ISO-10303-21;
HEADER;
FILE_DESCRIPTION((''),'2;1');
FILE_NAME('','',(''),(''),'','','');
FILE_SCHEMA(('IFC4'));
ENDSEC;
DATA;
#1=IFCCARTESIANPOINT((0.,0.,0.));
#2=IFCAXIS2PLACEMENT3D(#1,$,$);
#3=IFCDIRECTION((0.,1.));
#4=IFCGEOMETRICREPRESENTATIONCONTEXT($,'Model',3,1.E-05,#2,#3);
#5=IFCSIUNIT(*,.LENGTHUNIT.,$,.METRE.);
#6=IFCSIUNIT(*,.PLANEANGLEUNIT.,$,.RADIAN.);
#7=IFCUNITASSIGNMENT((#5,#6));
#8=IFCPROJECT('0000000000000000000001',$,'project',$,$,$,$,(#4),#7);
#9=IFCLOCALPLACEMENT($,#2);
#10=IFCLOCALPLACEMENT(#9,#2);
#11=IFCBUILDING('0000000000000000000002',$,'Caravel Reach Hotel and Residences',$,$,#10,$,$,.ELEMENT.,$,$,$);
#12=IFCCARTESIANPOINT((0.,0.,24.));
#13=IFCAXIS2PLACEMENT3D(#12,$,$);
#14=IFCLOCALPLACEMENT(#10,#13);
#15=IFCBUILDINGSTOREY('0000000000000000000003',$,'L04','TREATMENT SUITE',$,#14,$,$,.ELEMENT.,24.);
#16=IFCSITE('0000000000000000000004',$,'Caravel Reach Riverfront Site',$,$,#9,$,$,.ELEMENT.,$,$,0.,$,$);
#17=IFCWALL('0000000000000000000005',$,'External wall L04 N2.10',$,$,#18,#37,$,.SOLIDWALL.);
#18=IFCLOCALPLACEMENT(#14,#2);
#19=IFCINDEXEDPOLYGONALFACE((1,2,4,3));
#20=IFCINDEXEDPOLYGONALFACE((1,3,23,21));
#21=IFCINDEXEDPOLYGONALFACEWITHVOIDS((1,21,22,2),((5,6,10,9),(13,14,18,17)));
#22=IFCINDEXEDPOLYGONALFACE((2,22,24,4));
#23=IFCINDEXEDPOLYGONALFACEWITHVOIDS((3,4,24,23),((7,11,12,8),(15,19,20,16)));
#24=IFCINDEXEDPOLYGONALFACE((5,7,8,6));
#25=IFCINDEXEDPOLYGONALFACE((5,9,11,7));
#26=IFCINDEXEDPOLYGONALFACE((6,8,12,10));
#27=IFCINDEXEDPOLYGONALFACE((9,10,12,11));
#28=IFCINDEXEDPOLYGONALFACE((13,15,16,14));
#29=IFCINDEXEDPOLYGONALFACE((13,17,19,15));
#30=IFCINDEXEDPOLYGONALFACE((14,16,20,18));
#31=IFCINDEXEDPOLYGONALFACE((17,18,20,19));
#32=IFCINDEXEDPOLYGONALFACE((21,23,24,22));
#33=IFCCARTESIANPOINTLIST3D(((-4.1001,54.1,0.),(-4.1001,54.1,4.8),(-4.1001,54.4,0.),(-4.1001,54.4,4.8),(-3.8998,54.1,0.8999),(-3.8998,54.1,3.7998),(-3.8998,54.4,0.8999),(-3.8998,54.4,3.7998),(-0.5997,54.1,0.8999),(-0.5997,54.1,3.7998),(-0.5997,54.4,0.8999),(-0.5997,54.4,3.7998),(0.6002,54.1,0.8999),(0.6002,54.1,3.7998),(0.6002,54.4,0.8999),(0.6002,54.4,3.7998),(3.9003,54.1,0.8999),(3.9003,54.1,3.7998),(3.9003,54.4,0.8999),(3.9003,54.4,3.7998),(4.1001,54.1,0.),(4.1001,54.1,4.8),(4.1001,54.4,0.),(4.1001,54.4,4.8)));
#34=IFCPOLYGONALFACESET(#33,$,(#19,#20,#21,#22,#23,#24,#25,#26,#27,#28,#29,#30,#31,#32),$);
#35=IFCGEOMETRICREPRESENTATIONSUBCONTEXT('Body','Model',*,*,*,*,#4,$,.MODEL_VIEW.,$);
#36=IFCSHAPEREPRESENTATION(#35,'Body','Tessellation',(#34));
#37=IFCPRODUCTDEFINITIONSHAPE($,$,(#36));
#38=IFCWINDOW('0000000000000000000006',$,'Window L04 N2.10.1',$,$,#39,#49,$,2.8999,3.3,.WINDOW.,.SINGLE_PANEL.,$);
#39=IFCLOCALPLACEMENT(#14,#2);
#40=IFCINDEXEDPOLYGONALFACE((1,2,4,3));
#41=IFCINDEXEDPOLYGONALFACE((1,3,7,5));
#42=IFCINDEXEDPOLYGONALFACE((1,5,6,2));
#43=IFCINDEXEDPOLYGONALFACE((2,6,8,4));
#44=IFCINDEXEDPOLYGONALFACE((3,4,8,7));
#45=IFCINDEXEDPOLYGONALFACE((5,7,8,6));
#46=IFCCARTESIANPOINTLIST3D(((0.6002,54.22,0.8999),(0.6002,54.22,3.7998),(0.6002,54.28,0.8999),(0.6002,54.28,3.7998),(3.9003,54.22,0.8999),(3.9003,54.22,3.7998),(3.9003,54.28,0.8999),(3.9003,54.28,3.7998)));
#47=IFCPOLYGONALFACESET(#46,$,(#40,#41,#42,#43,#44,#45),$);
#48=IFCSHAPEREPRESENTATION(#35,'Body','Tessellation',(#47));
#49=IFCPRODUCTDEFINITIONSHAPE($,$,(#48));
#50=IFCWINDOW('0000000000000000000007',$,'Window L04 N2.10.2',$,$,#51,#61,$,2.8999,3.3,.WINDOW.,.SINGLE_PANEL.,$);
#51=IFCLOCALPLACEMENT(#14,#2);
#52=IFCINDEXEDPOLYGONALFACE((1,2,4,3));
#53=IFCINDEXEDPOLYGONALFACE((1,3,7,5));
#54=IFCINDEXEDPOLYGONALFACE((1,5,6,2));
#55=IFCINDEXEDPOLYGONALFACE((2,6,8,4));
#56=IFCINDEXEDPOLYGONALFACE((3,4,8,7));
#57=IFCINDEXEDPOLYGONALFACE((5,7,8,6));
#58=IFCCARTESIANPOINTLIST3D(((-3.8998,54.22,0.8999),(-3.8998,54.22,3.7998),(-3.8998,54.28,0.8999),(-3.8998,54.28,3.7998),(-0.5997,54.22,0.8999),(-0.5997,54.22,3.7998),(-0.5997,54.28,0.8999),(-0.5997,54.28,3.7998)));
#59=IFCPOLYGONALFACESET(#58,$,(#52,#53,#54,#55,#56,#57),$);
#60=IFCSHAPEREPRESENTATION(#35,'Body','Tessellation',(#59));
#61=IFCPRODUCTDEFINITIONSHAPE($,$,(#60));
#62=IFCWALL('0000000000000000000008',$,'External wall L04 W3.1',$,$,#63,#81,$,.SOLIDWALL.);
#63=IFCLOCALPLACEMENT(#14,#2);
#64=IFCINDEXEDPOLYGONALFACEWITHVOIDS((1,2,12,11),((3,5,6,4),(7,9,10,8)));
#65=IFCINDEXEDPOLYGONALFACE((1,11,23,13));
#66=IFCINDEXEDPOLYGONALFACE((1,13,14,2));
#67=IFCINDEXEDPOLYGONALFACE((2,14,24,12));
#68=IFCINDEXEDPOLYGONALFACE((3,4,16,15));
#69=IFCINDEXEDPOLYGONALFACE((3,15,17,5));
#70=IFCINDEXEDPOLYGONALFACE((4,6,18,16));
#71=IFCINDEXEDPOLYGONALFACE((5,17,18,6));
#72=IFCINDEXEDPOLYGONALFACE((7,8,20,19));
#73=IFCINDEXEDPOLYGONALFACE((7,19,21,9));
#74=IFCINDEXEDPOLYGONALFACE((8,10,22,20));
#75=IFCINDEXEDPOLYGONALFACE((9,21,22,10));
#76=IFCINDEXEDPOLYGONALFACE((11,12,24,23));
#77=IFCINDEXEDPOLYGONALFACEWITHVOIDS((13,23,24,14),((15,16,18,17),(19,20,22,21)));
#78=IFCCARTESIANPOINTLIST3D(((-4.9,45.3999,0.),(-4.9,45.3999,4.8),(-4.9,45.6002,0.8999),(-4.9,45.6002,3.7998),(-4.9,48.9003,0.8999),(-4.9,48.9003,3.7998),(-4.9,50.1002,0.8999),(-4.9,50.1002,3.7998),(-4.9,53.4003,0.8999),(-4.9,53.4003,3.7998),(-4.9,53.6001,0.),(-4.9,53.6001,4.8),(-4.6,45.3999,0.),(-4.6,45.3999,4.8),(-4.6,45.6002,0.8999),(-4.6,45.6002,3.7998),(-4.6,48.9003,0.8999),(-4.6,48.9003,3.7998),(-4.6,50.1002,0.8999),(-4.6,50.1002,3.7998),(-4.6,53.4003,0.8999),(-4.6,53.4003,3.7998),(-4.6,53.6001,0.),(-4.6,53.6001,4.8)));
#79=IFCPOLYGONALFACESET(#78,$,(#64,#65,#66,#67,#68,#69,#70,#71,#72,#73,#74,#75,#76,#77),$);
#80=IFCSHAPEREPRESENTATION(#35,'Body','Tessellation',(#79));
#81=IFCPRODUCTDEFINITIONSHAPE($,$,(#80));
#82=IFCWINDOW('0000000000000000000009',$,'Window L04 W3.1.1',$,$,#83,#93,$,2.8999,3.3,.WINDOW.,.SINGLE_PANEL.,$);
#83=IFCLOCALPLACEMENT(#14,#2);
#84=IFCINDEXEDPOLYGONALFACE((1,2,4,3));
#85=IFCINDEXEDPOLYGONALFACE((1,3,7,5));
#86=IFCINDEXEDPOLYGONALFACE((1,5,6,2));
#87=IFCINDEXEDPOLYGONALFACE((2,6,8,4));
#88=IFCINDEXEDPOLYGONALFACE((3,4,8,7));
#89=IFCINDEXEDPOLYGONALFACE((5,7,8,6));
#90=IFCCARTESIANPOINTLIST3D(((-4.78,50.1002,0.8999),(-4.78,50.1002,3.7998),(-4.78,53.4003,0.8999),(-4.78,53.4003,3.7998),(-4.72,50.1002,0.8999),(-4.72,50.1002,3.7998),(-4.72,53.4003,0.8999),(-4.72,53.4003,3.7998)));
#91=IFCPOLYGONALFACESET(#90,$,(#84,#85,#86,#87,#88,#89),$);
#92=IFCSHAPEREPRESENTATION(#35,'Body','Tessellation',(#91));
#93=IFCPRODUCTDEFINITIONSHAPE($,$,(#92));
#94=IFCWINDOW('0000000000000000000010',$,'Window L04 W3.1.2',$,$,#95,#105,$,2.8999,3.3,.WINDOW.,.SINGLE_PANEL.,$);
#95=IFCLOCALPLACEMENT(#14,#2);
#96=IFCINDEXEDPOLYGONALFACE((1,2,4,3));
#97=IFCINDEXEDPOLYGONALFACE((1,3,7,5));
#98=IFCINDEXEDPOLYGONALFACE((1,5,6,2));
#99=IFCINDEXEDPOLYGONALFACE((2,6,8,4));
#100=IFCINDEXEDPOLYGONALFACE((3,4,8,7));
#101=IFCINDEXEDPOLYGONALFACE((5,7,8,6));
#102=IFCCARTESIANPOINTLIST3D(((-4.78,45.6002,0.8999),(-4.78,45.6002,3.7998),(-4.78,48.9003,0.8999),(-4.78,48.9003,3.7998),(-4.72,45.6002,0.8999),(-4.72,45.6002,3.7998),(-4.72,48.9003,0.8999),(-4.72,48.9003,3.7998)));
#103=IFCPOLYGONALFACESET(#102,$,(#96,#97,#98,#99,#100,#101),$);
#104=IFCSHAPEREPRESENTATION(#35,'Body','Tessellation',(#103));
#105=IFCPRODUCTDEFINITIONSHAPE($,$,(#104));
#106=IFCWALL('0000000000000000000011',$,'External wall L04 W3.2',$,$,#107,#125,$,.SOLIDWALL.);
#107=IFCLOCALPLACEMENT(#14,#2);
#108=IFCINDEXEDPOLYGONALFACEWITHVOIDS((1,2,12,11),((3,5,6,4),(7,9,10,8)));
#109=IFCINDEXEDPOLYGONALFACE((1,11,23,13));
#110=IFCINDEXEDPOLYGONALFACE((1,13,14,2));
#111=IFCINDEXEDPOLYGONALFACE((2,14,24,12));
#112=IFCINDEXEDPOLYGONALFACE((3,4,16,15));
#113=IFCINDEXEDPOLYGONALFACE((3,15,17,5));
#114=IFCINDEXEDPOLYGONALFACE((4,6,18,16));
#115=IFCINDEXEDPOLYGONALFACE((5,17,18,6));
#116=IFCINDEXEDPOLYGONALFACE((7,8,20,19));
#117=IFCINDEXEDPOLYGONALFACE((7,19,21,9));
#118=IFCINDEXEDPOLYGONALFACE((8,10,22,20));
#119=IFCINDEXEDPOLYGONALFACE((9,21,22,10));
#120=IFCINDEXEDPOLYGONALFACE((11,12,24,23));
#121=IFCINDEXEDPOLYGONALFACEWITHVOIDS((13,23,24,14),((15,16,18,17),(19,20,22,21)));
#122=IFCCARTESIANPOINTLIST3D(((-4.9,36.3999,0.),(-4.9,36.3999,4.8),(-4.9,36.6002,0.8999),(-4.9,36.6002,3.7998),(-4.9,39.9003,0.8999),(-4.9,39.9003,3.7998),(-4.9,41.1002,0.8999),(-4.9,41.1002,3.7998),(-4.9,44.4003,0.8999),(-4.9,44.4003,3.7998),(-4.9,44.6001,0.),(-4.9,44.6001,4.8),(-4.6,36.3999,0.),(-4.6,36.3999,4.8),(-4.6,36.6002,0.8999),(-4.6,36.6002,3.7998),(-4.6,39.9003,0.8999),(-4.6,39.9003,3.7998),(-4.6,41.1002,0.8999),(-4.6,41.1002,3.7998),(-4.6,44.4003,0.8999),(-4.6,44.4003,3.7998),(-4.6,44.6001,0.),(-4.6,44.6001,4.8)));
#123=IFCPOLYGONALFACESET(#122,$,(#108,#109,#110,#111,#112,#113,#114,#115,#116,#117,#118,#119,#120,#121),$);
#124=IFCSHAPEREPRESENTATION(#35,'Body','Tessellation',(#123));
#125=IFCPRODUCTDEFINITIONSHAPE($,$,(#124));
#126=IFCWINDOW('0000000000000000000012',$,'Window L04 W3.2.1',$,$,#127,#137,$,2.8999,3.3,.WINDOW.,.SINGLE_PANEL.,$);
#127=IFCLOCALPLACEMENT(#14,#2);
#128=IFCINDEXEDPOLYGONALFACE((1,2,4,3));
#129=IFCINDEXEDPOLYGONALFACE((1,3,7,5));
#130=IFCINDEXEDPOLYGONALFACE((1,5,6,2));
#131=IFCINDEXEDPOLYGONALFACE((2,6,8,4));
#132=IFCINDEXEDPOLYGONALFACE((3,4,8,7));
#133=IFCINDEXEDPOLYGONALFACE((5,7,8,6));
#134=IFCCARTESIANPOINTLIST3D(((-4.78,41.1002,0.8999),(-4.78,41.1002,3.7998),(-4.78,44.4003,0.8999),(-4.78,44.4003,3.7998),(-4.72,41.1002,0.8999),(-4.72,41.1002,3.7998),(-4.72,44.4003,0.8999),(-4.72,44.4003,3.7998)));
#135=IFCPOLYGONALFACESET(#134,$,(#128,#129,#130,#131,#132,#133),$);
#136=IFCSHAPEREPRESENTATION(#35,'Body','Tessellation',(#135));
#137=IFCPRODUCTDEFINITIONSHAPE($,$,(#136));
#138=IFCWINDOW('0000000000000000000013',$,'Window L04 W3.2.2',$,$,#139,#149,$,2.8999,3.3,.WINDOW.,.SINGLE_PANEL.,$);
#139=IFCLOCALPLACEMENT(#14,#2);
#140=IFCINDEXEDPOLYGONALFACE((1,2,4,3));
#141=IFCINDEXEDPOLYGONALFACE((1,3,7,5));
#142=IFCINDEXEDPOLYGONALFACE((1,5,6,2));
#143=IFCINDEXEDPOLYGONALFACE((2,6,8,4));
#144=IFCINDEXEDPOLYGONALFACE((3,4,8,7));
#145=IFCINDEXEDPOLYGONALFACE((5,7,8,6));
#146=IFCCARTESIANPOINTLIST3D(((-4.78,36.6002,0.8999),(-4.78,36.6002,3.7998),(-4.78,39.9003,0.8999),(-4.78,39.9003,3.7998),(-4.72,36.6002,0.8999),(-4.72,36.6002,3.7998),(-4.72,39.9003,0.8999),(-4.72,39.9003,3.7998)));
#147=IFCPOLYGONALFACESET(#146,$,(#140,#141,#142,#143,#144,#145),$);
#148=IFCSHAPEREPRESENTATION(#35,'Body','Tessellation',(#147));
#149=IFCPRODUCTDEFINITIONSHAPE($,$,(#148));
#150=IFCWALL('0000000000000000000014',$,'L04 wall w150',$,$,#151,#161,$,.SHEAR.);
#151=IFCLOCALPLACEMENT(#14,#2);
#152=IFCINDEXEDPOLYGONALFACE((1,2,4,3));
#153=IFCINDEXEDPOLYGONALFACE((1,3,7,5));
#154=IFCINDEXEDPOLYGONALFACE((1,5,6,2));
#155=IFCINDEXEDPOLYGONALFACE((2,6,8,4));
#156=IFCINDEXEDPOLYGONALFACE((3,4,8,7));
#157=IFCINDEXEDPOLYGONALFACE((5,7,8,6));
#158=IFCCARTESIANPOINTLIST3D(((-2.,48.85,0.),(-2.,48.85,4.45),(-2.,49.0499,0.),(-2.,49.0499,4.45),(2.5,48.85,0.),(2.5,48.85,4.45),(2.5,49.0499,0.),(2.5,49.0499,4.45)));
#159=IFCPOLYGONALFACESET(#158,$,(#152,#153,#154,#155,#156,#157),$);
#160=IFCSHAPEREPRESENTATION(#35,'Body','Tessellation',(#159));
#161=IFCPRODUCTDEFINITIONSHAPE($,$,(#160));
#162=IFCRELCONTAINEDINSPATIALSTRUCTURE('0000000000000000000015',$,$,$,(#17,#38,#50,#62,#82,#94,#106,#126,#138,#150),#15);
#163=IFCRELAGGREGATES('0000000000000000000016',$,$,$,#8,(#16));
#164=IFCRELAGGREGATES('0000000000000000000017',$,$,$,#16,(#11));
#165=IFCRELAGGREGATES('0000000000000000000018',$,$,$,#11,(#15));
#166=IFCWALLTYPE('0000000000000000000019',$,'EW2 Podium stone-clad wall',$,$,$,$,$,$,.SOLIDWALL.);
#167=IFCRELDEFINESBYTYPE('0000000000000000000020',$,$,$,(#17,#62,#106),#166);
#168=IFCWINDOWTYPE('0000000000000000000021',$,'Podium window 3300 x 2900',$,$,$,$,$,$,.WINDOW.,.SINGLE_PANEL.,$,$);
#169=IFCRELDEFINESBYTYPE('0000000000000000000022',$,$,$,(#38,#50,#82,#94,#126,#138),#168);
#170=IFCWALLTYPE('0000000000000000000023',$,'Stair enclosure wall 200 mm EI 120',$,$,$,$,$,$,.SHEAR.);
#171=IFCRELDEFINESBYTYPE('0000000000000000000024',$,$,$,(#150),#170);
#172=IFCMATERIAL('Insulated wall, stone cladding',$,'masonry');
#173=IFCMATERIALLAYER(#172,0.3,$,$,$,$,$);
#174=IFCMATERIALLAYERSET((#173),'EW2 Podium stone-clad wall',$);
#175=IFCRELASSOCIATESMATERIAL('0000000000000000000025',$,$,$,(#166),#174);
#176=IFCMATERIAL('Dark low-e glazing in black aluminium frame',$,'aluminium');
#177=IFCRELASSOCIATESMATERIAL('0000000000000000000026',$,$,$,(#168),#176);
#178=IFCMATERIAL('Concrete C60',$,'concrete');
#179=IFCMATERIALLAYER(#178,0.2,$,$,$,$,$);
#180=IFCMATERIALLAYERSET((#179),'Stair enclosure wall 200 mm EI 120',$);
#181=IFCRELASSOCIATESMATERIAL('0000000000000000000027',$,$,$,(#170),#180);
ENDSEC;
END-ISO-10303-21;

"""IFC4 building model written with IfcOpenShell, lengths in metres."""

from ifc_helpers import new_model, si_unit, direction, frame, frame_2d, origin, place, context, subcontext, project, spatial, rectangle, extrude, material, layer, layer_set, type_object, element, fill, save


model = new_model("IFC4")

# Units and contexts
model_context = context("Model", 3, precision=1e-05, world=origin(), true_north=direction((0.0, 1.0)))
body_context = subcontext(model_context, "Body", "Model", "MODEL_VIEW")
ifc_project = project(units=[si_unit("LENGTHUNIT", "METRE"), si_unit("PLANEANGLEUNIT", "RADIAN")], contexts=[model_context])

# Site, building, storey
site_placement = place(None, origin())
site = spatial("IfcSite", under=ifc_project, at=site_placement, Name="Caravel Reach Riverfront Site", CompositionType="ELEMENT", RefElevation=0.0)
building_placement = place(site_placement, origin())
building = spatial("IfcBuilding", under=site, at=building_placement, Name="Caravel Reach Hotel and Residences", CompositionType="ELEMENT")
storey_placement = place(building_placement, frame((0.0, 0.0, 24.0)))
storey = spatial("IfcBuildingStorey", under=building, at=storey_placement, Name="L04", Description="TREATMENT SUITE", CompositionType="ELEMENT", Elevation=24.0)

# Walls, openings, windows
ifc_material_1 = material(Name="Insulated wall, stone cladding", Category="masonry")
ifc_layer_1 = layer(ifc_material_1, 0.3)
ifc_layer_set_1 = layer_set([ifc_layer_1], Name="EW2 Podium stone-clad wall")
wall_type_1 = type_object("IfcWallType", Name="EW2 Podium stone-clad wall", PredefinedType="SOLIDWALL", material=ifc_layer_set_1)
wall_1_placement = place(storey_placement, frame((4.1001, 54.25, 0.0), z_axis=(0.0, 0.0, 1.0), x_axis=(-1.0, 0.0, 0.0)))
wall_1 = element("IfcWall", 1, at=wall_1_placement, inside=storey, type_object=wall_type_1, Name="External wall L04 N2.10", PredefinedType="SOLIDWALL", context=body_context, shape_type="SweptSolid", body=[
    extrude(rectangle(XDim=8.2002, YDim=0.3, at=frame_2d((4.1001, 0.0))), origin(), (0.0, 0.0, 1.0), 4.8),
])
opening_1_placement = place(wall_1_placement, frame((0.2, 0.0, 0.8999)))
opening_1 = element("IfcOpeningElement", 2, at=opening_1_placement, cuts=wall_1, PredefinedType="OPENING", context=body_context, shape_type="SweptSolid", body=[
    extrude(rectangle(XDim=3.3, YDim=2.8999, at=frame_2d((1.6499, 1.45))), frame((0.0, 0.1599, 0.0), z_axis=(0.0, -1.0, 0.0), x_axis=(1.0, 0.0, 0.0)), (0.0, 0.0, 1.0), 0.3201),
])
opening_2_placement = place(wall_1_placement, frame((4.7, 0.0, 0.8999)))
opening_2 = element("IfcOpeningElement", 3, at=opening_2_placement, cuts=wall_1, PredefinedType="OPENING", context=body_context, shape_type="SweptSolid", body=[
    extrude(rectangle(XDim=3.3, YDim=2.8999, at=frame_2d((1.6499, 1.45))), frame((0.0, 0.1599, 0.0), z_axis=(0.0, -1.0, 0.0), x_axis=(1.0, 0.0, 0.0)), (0.0, 0.0, 1.0), 0.3201),
])
ifc_material_2 = material(Name="Dark low-e glazing in black aluminium frame", Category="aluminium")
window_type = type_object("IfcWindowType", Name="Podium window 3300 x 2900", PartitioningType="SINGLE_PANEL", PredefinedType="WINDOW", material=ifc_material_2)
window_1_placement = place(opening_1_placement, origin())
window_1 = element("IfcWindow", 4, at=window_1_placement, inside=storey, type_object=window_type, Name="Window L04 N2.10.1", OverallHeight=2.8999, OverallWidth=3.3, PartitioningType="SINGLE_PANEL", PredefinedType="WINDOW", context=body_context, shape_type="SweptSolid", body=[
    extrude(rectangle(XDim=3.3, YDim=2.8999, at=frame_2d((1.6499, 1.45))), frame((0.0, 0.03, 0.0), z_axis=(0.0, -1.0, 0.0), x_axis=(1.0, 0.0, 0.0)), (0.0, 0.0, 1.0), 0.0601),
])
fill(opening_1, window_1)
window_2_placement = place(opening_2_placement, origin())
window_2 = element("IfcWindow", 5, at=window_2_placement, inside=storey, type_object=window_type, Name="Window L04 N2.10.2", OverallHeight=2.8999, OverallWidth=3.3, PartitioningType="SINGLE_PANEL", PredefinedType="WINDOW", context=body_context, shape_type="SweptSolid", body=[
    extrude(rectangle(XDim=3.3, YDim=2.8999, at=frame_2d((1.6499, 1.45))), frame((0.0, 0.03, 0.0), z_axis=(0.0, -1.0, 0.0), x_axis=(1.0, 0.0, 0.0)), (0.0, 0.0, 1.0), 0.0601),
])
fill(opening_2, window_2)
wall_2_placement = place(storey_placement, frame((-4.75, 53.6001, 0.0), z_axis=(0.0, 0.0, 1.0), x_axis=(0.0, -1.0, 0.0)))
wall_2 = element("IfcWall", 6, at=wall_2_placement, inside=storey, type_object=wall_type_1, Name="External wall L04 W3.1", PredefinedType="SOLIDWALL", context=body_context, shape_type="SweptSolid", body=[
    extrude(rectangle(XDim=8.2002, YDim=0.3, at=frame_2d((4.1001, 0.0))), origin(), (0.0, 0.0, 1.0), 4.8),
])
opening_3_placement = place(wall_2_placement, frame((0.2, 0.0, 0.8999)))
opening_3 = element("IfcOpeningElement", 7, at=opening_3_placement, cuts=wall_2, PredefinedType="OPENING", context=body_context, shape_type="SweptSolid", body=[
    extrude(rectangle(XDim=3.3, YDim=2.8999, at=frame_2d((1.6499, 1.45))), frame((0.0, 0.1599, 0.0), z_axis=(0.0, -1.0, 0.0), x_axis=(1.0, 0.0, 0.0)), (0.0, 0.0, 1.0), 0.3201),
])
opening_4_placement = place(wall_2_placement, frame((4.7, 0.0, 0.8999)))
opening_4 = element("IfcOpeningElement", 8, at=opening_4_placement, cuts=wall_2, PredefinedType="OPENING", context=body_context, shape_type="SweptSolid", body=[
    extrude(rectangle(XDim=3.3, YDim=2.8999, at=frame_2d((1.6499, 1.45))), frame((0.0, 0.1599, 0.0), z_axis=(0.0, -1.0, 0.0), x_axis=(1.0, 0.0, 0.0)), (0.0, 0.0, 1.0), 0.3201),
])
window_3_placement = place(opening_3_placement, origin())
window_3 = element("IfcWindow", 9, at=window_3_placement, inside=storey, type_object=window_type, Name="Window L04 W3.1.1", OverallHeight=2.8999, OverallWidth=3.3, PartitioningType="SINGLE_PANEL", PredefinedType="WINDOW", context=body_context, shape_type="SweptSolid", body=[
    extrude(rectangle(XDim=3.3, YDim=2.8999, at=frame_2d((1.6499, 1.45))), frame((0.0, 0.03, 0.0), z_axis=(0.0, -1.0, 0.0), x_axis=(1.0, 0.0, 0.0)), (0.0, 0.0, 1.0), 0.0601),
])
fill(opening_3, window_3)
window_4_placement = place(opening_4_placement, origin())
window_4 = element("IfcWindow", 10, at=window_4_placement, inside=storey, type_object=window_type, Name="Window L04 W3.1.2", OverallHeight=2.8999, OverallWidth=3.3, PartitioningType="SINGLE_PANEL", PredefinedType="WINDOW", context=body_context, shape_type="SweptSolid", body=[
    extrude(rectangle(XDim=3.3, YDim=2.8999, at=frame_2d((1.6499, 1.45))), frame((0.0, 0.03, 0.0), z_axis=(0.0, -1.0, 0.0), x_axis=(1.0, 0.0, 0.0)), (0.0, 0.0, 1.0), 0.0601),
])
fill(opening_4, window_4)
wall_3_placement = place(storey_placement, frame((-4.75, 44.6001, 0.0), z_axis=(0.0, 0.0, 1.0), x_axis=(0.0, -1.0, 0.0)))
wall_3 = element("IfcWall", 11, at=wall_3_placement, inside=storey, type_object=wall_type_1, Name="External wall L04 W3.2", PredefinedType="SOLIDWALL", context=body_context, shape_type="SweptSolid", body=[
    extrude(rectangle(XDim=8.2002, YDim=0.3, at=frame_2d((4.1001, 0.0))), origin(), (0.0, 0.0, 1.0), 4.8),
])
opening_5_placement = place(wall_3_placement, frame((0.2, 0.0, 0.8999)))
opening_5 = element("IfcOpeningElement", 12, at=opening_5_placement, cuts=wall_3, PredefinedType="OPENING", context=body_context, shape_type="SweptSolid", body=[
    extrude(rectangle(XDim=3.3, YDim=2.8999, at=frame_2d((1.6499, 1.45))), frame((0.0, 0.1599, 0.0), z_axis=(0.0, -1.0, 0.0), x_axis=(1.0, 0.0, 0.0)), (0.0, 0.0, 1.0), 0.3201),
])
opening_6_placement = place(wall_3_placement, frame((4.7, 0.0, 0.8999)))
opening_6 = element("IfcOpeningElement", 13, at=opening_6_placement, cuts=wall_3, PredefinedType="OPENING", context=body_context, shape_type="SweptSolid", body=[
    extrude(rectangle(XDim=3.3, YDim=2.8999, at=frame_2d((1.6499, 1.45))), frame((0.0, 0.1599, 0.0), z_axis=(0.0, -1.0, 0.0), x_axis=(1.0, 0.0, 0.0)), (0.0, 0.0, 1.0), 0.3201),
])
window_5_placement = place(opening_5_placement, origin())
window_5 = element("IfcWindow", 14, at=window_5_placement, inside=storey, type_object=window_type, Name="Window L04 W3.2.1", OverallHeight=2.8999, OverallWidth=3.3, PartitioningType="SINGLE_PANEL", PredefinedType="WINDOW", context=body_context, shape_type="SweptSolid", body=[
    extrude(rectangle(XDim=3.3, YDim=2.8999, at=frame_2d((1.6499, 1.45))), frame((0.0, 0.03, 0.0), z_axis=(0.0, -1.0, 0.0), x_axis=(1.0, 0.0, 0.0)), (0.0, 0.0, 1.0), 0.0601),
])
fill(opening_5, window_5)
window_6_placement = place(opening_6_placement, origin())
window_6 = element("IfcWindow", 15, at=window_6_placement, inside=storey, type_object=window_type, Name="Window L04 W3.2.2", OverallHeight=2.8999, OverallWidth=3.3, PartitioningType="SINGLE_PANEL", PredefinedType="WINDOW", context=body_context, shape_type="SweptSolid", body=[
    extrude(rectangle(XDim=3.3, YDim=2.8999, at=frame_2d((1.6499, 1.45))), frame((0.0, 0.03, 0.0), z_axis=(0.0, -1.0, 0.0), x_axis=(1.0, 0.0, 0.0)), (0.0, 0.0, 1.0), 0.0601),
])
fill(opening_6, window_6)

# Wall
ifc_material_3 = material(Name="Concrete C60", Category="concrete")
ifc_layer_2 = layer(ifc_material_3, 0.2)
ifc_layer_set_2 = layer_set([ifc_layer_2], Name="Stair enclosure wall 200 mm EI 120")
wall_type_2 = type_object("IfcWallType", Name="Stair enclosure wall 200 mm EI 120", PredefinedType="SHEAR", material=ifc_layer_set_2)
wall_4_placement = place(storey_placement, frame((-2.0, 48.95, 0.0), z_axis=(0.0, 0.0, 1.0), x_axis=(1.0, 0.0, 0.0)))
element("IfcWall", 16, at=wall_4_placement, inside=storey, type_object=wall_type_2, Name="L04 wall w150", PredefinedType="SHEAR", context=body_context, shape_type="SweptSolid", body=[
    extrude(rectangle(XDim=4.5, YDim=0.2, at=frame_2d((2.25, 0.0))), origin(), (0.0, 0.0, 1.0), 4.45),
])

save(model, "model.ifc")
